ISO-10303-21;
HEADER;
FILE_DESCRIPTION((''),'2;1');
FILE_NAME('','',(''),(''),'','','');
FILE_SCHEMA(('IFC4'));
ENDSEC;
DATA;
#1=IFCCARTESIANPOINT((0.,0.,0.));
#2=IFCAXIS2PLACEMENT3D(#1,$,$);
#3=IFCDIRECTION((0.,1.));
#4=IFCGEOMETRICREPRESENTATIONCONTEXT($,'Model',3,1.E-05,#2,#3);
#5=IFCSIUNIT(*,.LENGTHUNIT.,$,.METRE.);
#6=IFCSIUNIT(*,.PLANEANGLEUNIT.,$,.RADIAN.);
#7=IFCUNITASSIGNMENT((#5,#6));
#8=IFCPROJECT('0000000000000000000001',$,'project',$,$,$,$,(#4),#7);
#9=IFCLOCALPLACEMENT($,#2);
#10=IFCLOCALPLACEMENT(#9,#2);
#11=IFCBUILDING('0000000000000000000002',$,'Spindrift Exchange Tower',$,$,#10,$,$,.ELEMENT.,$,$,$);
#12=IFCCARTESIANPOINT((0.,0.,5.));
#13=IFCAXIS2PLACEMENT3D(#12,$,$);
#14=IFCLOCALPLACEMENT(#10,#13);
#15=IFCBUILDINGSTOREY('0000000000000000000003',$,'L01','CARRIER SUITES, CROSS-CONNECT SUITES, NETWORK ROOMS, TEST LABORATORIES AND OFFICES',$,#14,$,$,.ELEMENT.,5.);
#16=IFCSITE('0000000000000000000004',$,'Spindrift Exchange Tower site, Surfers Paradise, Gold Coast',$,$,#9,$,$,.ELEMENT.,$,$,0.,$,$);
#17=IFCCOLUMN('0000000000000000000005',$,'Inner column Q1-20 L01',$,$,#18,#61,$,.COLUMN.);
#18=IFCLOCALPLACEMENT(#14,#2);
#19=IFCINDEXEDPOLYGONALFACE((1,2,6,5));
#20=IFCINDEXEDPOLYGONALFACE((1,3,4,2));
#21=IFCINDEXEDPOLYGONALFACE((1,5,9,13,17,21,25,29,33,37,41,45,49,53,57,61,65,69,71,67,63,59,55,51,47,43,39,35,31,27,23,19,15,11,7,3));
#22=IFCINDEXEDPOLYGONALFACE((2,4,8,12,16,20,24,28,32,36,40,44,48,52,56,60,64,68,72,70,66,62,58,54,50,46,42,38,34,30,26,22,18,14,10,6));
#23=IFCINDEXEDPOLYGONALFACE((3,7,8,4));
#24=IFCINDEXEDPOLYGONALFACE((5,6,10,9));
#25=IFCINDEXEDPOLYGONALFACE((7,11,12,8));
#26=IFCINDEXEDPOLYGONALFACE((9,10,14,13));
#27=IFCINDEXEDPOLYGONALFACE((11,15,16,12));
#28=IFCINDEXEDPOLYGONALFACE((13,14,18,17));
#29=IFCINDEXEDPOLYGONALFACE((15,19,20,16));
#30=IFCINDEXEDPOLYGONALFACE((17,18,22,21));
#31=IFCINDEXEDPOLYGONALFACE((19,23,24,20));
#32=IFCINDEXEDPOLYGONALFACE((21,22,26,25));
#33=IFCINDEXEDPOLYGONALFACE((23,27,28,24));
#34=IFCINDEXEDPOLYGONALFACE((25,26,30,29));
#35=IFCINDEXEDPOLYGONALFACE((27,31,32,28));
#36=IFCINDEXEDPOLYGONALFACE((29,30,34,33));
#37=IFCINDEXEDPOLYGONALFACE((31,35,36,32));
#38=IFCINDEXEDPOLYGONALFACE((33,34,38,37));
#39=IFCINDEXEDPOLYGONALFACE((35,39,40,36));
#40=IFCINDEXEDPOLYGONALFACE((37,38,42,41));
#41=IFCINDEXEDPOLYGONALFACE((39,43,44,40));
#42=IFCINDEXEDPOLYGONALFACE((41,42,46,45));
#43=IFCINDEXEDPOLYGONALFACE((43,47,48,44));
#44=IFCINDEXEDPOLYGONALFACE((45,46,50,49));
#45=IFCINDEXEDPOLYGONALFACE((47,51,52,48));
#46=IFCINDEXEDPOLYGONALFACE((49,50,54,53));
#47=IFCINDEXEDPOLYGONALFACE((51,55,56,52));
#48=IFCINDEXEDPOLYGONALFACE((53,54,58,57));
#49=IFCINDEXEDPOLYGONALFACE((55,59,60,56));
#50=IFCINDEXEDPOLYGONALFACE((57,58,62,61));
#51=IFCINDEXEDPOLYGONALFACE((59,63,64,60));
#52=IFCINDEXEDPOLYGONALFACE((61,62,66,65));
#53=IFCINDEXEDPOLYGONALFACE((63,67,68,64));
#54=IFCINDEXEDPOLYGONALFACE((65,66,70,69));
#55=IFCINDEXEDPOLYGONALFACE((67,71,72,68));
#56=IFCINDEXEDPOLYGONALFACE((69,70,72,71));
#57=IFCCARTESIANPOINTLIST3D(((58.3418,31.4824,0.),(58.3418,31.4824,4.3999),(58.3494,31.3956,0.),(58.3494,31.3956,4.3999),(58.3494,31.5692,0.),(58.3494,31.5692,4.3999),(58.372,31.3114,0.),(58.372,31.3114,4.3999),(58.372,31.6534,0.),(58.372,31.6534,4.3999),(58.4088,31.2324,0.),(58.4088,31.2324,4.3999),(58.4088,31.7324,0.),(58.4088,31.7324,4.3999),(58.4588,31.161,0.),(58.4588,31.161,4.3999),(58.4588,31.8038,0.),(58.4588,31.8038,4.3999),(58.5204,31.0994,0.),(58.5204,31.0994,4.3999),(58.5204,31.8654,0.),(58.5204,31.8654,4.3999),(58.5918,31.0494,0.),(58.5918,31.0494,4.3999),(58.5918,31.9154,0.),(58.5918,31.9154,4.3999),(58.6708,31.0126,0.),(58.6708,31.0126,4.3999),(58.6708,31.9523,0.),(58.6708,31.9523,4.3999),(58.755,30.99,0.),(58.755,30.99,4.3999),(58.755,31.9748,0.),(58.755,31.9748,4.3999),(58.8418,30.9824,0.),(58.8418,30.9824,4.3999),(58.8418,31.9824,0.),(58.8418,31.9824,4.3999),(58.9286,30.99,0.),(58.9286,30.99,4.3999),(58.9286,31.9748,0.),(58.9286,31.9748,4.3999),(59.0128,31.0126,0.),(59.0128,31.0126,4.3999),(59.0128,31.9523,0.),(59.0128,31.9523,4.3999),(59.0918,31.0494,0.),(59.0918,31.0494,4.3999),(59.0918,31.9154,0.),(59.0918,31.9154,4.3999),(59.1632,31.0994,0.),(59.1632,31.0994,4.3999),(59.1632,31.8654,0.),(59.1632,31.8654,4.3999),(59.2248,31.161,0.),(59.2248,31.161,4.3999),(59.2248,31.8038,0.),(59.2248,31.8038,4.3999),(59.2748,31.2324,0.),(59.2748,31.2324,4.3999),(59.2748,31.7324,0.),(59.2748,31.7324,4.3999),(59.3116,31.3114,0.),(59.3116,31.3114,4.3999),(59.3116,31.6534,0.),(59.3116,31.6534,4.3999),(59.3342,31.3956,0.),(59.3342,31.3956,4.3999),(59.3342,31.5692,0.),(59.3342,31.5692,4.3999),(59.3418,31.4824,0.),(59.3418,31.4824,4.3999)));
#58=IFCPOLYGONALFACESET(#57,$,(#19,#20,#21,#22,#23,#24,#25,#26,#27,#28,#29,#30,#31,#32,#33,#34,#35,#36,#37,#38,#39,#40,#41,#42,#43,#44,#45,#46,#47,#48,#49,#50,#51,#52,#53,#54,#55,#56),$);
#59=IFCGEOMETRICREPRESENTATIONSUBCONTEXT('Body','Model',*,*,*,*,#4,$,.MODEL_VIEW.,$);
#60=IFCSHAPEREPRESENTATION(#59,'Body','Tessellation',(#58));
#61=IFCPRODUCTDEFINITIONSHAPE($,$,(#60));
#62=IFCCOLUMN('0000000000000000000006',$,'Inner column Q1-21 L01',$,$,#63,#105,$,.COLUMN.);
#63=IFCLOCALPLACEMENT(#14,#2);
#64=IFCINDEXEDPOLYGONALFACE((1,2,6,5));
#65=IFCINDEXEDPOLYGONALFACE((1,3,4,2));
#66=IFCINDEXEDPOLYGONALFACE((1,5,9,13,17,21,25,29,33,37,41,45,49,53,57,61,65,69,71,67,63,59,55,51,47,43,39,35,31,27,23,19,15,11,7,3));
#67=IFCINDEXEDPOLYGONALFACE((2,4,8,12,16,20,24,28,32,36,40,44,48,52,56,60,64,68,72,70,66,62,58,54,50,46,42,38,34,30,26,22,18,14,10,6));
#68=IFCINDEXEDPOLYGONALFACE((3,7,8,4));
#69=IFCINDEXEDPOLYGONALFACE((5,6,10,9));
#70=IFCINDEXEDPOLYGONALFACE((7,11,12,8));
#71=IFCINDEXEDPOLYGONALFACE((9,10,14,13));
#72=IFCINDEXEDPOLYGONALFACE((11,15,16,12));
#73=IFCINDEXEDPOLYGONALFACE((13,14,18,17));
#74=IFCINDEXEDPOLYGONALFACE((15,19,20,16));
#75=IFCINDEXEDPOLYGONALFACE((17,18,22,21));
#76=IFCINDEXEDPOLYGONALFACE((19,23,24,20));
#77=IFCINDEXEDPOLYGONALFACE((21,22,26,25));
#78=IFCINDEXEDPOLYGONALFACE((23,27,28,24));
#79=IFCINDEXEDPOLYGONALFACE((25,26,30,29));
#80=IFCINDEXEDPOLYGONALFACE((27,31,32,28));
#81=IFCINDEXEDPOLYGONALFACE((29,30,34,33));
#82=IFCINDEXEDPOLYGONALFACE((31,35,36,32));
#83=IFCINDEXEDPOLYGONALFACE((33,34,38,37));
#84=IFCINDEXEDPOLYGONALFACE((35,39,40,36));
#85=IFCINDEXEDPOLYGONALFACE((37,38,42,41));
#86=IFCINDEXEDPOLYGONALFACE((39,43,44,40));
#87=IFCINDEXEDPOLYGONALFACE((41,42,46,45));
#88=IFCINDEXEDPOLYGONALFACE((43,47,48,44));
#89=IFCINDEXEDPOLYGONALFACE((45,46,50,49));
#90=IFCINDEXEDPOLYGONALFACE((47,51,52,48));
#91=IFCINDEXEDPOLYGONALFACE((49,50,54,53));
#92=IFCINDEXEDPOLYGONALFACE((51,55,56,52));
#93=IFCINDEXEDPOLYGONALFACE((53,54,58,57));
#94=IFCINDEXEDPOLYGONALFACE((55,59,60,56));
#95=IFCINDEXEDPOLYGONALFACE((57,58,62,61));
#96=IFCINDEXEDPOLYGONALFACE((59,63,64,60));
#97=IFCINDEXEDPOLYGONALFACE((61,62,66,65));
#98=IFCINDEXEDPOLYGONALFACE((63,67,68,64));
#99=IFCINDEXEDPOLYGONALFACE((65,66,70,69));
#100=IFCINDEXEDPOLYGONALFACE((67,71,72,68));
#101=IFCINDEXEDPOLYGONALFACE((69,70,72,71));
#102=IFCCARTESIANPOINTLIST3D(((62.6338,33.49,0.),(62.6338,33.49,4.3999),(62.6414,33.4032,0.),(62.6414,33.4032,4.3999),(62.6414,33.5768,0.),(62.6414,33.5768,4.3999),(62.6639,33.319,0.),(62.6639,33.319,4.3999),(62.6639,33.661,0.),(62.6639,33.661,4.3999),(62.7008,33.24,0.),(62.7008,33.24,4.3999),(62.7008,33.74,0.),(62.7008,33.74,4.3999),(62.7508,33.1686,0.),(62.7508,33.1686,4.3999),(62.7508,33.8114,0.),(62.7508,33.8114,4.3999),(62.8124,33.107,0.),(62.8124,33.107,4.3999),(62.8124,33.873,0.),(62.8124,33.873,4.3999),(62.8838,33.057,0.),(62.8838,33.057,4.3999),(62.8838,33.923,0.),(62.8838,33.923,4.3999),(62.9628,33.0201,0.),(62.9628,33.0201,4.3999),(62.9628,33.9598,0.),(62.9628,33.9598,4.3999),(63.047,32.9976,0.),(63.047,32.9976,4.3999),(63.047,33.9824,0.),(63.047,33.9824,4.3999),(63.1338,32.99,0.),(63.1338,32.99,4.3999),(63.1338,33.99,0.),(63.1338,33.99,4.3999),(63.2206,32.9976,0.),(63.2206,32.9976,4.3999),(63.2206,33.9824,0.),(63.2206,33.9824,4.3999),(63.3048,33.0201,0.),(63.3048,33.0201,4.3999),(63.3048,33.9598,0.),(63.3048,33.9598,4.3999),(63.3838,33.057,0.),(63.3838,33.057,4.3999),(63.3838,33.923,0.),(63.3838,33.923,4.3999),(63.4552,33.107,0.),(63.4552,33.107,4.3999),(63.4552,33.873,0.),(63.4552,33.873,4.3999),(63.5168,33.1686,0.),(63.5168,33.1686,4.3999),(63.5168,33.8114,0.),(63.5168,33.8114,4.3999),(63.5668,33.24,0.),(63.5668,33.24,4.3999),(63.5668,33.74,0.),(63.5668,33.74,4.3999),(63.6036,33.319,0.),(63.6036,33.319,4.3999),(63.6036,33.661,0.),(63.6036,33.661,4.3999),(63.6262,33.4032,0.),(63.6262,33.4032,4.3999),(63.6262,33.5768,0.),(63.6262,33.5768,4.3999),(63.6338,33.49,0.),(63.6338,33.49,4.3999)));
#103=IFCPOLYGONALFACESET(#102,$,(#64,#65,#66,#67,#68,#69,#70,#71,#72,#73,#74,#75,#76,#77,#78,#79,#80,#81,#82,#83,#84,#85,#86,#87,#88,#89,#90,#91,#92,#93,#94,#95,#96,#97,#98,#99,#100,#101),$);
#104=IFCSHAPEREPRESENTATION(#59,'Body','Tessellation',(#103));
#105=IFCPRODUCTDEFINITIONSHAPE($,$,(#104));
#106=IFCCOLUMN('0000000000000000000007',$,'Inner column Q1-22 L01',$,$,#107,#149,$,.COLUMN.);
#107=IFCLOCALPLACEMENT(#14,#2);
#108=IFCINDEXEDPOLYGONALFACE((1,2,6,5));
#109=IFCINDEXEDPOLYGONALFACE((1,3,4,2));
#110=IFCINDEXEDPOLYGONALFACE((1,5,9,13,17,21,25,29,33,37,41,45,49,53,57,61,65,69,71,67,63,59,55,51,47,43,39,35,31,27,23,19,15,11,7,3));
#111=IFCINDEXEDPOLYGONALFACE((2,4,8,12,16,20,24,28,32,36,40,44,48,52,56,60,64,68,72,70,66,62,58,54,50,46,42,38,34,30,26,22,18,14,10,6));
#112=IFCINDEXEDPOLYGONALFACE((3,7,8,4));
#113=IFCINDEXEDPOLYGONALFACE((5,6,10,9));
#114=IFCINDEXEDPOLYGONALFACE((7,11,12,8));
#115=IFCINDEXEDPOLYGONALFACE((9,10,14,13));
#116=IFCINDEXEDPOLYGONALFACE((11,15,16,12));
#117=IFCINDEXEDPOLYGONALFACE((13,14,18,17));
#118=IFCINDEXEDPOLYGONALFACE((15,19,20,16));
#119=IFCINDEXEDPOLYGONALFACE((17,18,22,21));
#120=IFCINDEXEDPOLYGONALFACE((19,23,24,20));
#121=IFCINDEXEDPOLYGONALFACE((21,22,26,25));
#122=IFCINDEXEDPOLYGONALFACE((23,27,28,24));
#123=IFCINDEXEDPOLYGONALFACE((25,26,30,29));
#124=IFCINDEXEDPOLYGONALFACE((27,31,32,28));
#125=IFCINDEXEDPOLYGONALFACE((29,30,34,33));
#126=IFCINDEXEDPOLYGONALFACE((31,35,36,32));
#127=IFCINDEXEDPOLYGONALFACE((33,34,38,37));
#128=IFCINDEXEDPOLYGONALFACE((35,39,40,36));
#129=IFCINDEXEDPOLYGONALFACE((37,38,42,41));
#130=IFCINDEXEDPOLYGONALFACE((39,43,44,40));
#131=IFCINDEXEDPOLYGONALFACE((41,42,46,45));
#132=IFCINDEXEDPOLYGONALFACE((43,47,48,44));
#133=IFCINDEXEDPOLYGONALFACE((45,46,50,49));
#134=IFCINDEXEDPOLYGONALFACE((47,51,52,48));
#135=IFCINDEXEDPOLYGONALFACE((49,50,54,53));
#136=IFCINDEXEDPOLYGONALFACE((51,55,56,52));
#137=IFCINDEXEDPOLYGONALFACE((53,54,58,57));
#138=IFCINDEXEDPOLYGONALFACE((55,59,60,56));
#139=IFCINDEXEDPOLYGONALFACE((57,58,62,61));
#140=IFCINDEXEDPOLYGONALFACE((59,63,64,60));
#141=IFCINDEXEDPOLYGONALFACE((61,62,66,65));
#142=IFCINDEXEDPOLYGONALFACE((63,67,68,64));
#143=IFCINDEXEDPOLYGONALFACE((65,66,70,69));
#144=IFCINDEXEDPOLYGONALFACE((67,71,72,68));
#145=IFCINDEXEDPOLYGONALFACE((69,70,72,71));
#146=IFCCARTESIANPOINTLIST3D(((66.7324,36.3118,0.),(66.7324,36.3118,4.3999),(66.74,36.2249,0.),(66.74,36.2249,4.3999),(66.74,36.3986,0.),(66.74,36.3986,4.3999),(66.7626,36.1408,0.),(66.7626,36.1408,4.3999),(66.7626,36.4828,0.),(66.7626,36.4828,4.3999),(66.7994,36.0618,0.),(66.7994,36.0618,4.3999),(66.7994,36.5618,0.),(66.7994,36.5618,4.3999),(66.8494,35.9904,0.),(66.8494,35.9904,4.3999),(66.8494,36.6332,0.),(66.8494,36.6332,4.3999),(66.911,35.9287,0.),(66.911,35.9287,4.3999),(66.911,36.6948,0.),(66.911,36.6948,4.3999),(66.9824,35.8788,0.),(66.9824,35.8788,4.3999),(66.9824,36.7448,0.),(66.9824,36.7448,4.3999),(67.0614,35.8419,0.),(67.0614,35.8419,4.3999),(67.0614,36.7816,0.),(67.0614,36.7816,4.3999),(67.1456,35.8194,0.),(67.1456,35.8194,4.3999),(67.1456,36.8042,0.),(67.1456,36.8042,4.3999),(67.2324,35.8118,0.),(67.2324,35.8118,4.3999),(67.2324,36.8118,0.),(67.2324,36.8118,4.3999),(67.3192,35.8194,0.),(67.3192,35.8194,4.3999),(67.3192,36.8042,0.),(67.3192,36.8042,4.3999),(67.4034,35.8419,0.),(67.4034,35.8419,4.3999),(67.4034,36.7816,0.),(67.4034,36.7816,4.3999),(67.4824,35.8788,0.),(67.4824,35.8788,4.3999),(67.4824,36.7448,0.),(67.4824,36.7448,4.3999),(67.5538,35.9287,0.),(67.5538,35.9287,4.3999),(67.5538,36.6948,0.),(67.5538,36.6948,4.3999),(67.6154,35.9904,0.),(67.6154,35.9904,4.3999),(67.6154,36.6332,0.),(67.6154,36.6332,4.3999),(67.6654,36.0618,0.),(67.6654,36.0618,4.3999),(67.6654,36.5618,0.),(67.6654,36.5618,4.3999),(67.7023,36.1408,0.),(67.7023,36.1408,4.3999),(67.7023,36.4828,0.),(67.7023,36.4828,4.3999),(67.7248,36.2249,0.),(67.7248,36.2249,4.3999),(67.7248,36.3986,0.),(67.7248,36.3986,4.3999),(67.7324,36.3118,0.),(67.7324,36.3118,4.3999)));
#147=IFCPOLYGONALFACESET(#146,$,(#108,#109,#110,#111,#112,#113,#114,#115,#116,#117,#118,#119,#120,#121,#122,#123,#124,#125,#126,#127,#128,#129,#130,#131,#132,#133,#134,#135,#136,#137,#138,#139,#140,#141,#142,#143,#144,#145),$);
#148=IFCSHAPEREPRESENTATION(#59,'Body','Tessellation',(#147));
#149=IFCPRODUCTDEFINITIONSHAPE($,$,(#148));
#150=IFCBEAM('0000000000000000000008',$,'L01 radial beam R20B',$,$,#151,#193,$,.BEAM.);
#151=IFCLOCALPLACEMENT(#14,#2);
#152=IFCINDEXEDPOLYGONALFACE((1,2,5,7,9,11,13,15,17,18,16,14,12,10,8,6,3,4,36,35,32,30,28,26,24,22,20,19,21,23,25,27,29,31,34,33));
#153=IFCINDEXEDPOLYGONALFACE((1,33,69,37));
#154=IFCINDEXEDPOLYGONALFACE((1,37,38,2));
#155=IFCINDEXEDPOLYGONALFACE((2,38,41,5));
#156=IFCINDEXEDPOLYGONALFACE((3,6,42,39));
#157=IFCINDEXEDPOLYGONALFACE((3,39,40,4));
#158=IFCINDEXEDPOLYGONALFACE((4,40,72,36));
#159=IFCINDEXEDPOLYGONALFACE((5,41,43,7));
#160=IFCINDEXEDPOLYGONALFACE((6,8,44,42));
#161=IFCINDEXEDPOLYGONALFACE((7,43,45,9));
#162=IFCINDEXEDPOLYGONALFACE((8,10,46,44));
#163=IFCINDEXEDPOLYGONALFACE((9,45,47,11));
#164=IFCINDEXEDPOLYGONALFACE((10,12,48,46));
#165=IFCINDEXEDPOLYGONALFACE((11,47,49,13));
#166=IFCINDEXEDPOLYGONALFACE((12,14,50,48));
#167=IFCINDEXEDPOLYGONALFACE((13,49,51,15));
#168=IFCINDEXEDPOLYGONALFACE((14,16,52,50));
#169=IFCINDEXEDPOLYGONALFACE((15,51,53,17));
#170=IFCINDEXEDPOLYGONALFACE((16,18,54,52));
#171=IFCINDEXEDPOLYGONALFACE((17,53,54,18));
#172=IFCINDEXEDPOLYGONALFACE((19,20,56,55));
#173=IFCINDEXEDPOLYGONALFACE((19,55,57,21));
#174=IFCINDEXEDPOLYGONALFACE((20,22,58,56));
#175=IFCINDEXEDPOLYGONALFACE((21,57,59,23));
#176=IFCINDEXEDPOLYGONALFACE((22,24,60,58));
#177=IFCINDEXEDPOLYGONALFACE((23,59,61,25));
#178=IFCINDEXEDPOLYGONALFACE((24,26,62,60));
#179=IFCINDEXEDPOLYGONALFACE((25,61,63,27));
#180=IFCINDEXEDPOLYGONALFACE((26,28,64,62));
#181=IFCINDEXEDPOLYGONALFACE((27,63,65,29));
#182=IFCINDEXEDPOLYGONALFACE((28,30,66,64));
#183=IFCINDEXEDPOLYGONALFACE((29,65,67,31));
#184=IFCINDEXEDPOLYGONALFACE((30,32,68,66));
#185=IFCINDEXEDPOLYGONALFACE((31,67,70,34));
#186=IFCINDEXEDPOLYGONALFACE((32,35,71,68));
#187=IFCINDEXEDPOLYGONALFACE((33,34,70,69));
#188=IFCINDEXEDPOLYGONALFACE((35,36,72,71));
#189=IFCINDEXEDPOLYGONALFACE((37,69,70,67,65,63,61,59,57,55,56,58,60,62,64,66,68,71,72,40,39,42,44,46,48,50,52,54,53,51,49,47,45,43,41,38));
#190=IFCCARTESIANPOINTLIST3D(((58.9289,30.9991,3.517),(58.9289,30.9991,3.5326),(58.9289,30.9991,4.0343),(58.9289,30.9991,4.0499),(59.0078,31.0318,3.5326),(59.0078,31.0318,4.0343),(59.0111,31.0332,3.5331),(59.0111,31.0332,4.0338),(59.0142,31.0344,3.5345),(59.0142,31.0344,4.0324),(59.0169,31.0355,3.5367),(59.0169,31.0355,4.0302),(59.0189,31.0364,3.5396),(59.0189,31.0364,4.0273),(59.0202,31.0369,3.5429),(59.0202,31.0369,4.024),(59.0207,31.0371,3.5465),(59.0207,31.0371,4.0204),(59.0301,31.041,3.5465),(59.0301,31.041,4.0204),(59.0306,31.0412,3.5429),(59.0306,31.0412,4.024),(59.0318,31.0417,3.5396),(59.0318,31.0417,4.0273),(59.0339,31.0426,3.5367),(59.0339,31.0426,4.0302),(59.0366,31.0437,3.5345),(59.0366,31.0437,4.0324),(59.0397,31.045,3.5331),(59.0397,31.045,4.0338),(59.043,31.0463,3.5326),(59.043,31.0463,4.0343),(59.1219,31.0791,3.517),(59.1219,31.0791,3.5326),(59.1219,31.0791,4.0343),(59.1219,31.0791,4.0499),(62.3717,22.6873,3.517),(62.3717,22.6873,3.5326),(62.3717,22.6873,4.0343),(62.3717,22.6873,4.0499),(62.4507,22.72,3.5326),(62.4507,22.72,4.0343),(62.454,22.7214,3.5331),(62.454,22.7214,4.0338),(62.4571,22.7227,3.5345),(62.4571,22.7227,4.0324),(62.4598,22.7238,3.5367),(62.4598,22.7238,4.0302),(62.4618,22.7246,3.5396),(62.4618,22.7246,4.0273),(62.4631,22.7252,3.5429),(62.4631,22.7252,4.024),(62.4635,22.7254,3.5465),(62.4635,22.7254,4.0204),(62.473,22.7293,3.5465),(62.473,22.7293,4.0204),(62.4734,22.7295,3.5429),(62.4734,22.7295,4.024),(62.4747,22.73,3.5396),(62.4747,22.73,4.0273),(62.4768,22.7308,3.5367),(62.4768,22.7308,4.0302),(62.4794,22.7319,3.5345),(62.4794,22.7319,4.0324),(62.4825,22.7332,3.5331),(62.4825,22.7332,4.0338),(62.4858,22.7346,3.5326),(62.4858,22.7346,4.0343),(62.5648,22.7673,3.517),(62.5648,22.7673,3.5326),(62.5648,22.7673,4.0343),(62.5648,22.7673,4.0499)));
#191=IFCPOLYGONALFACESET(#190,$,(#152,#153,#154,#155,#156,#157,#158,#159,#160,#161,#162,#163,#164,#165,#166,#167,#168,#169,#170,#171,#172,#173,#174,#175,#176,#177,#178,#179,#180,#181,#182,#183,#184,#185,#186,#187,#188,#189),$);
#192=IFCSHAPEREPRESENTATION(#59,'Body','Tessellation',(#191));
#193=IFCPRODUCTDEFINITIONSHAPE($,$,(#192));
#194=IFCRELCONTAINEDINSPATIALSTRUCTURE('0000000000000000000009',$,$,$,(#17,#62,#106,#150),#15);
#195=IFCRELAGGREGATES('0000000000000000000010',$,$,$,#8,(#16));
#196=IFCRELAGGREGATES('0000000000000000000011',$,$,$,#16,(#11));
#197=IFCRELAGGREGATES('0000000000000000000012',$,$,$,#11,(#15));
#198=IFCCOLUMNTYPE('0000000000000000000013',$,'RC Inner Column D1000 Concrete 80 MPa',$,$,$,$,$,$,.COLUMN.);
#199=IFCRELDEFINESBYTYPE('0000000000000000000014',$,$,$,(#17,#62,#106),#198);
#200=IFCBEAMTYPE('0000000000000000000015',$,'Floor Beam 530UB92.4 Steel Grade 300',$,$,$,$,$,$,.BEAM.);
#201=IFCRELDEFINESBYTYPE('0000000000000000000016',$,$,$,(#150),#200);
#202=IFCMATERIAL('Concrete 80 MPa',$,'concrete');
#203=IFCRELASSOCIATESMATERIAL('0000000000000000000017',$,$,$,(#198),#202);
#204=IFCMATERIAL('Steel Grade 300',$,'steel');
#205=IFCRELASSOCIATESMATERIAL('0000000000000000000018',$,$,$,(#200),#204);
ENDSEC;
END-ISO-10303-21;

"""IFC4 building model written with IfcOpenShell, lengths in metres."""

from ifc_helpers import new_model, si_unit, direction, frame, origin, origin_2d, place, context, subcontext, project, spatial, circle, i_section, extrude, source, transform, mapped, material, material_profile, profile_set, type_object, element, save


model = new_model("IFC4")

# Units and contexts
model_context = context("Model", 3, precision=1e-05, world=origin(), true_north=direction((0.0, 1.0)))
body_context = subcontext(model_context, "Body", "Model", "MODEL_VIEW")
ifc_project = project(units=[si_unit("LENGTHUNIT", "METRE"), si_unit("PLANEANGLEUNIT", "RADIAN")], contexts=[model_context])

# Site, building, storey
site_placement = place(None, origin())
site = spatial("IfcSite", under=ifc_project, at=site_placement, Name="Spindrift Exchange Tower site, Surfers Paradise, Gold Coast", CompositionType="ELEMENT", RefElevation=0.0)
building_placement = place(site_placement, origin())
building = spatial("IfcBuilding", under=site, at=building_placement, Name="Spindrift Exchange Tower", CompositionType="ELEMENT")
storey_placement = place(building_placement, frame((0.0, 0.0, 5.0)))
storey = spatial("IfcBuildingStorey", under=building, at=storey_placement, Name="L01", Description="CARRIER SUITES, CROSS-CONNECT SUITES, NETWORK ROOMS, TEST LABORATORIES AND OFFICES", CompositionType="ELEMENT", Elevation=5.0)

# Columns
ifc_material_1 = material(Name="Concrete 80 MPa", Category="concrete")
ifc_material_profile_1 = material_profile(ifc_material_1, circle(Radius=0.5, at=origin_2d()), Name="RC D1000")
ifc_profile_set_1 = profile_set([ifc_material_profile_1], Name="Concrete 80 MPa")
column_type = type_object("IfcColumnType", Name="RC Inner Column D1000 Concrete 80 MPa", PredefinedType="COLUMN", material=ifc_profile_set_1)
shared_shape_1 = source(origin(), body_context, "Body", "SweptSolid", [
    extrude(circle(Radius=0.5, at=origin_2d()), origin(), (0.0, 0.0, 1.0), 4.3999),
])
for number, where, z_axis, x_axis, name in (
    (1, (58.8418, 31.4824, 0.0), (0.0, 0.0, 1.0), (1.0, 0.0, 0.0), "Inner column Q1-20 L01"),
    (2, (63.1338, 33.49, 0.0), (0.0, 0.0, 1.0), (1.0, 0.0, 0.0), "Inner column Q1-21 L01"),
    (3, (67.2324, 36.3118, 0.0), (0.0, 0.0, 1.0), (1.0, 0.0, 0.0), "Inner column Q1-22 L01"),
):
    element("IfcColumn", number, at=place(storey_placement, frame(where, z_axis=z_axis, x_axis=x_axis)), inside=storey, type_object=column_type, Name=name, PredefinedType="COLUMN", context=body_context, shape_type="MappedRepresentation", body=[
        mapped(shared_shape_1, transform((0.0, 0.0, 0.0), scale=1.0)),
    ])

# Beam
ifc_material_2 = material(Name="Steel Grade 300", Category="steel")
ifc_material_profile_2 = material_profile(ifc_material_2, i_section(OverallWidth=0.209, OverallDepth=0.533, WebThickness=0.0103, FlangeThickness=0.0156, FilletRadius=0.0139, at=origin_2d()), Name="530UB92.4")
ifc_profile_set_2 = profile_set([ifc_material_profile_2], Name="Steel Grade 300")
beam_type_1 = type_object("IfcBeamType", Name="Floor Beam 530UB92.4 Steel Grade 300", PredefinedType="BEAM", material=ifc_profile_set_2)
shared_shape_2 = source(origin(), body_context, "Body", "SweptSolid", [
    extrude(i_section(OverallWidth=0.209, OverallDepth=0.533, WebThickness=0.0103, FlangeThickness=0.0156, FilletRadius=0.0139, at=origin_2d()), origin(), (0.0, 0.0, 1.0), 8.9966),
])
beam_1_placement = place(storey_placement, frame((59.0254, 31.0391, 3.7834), z_axis=(0.382686, -0.923879, 0.0), x_axis=(0.923879, 0.382686, 0.0)))
element("IfcBeam", 4, at=beam_1_placement, inside=storey, type_object=beam_type_1, Name="L01 radial beam R20B", PredefinedType="BEAM", context=body_context, shape_type="MappedRepresentation", body=[
    mapped(shared_shape_2, transform((0.0, 0.0, 0.0), scale=1.0)),
])

save(model, "model.ifc")
